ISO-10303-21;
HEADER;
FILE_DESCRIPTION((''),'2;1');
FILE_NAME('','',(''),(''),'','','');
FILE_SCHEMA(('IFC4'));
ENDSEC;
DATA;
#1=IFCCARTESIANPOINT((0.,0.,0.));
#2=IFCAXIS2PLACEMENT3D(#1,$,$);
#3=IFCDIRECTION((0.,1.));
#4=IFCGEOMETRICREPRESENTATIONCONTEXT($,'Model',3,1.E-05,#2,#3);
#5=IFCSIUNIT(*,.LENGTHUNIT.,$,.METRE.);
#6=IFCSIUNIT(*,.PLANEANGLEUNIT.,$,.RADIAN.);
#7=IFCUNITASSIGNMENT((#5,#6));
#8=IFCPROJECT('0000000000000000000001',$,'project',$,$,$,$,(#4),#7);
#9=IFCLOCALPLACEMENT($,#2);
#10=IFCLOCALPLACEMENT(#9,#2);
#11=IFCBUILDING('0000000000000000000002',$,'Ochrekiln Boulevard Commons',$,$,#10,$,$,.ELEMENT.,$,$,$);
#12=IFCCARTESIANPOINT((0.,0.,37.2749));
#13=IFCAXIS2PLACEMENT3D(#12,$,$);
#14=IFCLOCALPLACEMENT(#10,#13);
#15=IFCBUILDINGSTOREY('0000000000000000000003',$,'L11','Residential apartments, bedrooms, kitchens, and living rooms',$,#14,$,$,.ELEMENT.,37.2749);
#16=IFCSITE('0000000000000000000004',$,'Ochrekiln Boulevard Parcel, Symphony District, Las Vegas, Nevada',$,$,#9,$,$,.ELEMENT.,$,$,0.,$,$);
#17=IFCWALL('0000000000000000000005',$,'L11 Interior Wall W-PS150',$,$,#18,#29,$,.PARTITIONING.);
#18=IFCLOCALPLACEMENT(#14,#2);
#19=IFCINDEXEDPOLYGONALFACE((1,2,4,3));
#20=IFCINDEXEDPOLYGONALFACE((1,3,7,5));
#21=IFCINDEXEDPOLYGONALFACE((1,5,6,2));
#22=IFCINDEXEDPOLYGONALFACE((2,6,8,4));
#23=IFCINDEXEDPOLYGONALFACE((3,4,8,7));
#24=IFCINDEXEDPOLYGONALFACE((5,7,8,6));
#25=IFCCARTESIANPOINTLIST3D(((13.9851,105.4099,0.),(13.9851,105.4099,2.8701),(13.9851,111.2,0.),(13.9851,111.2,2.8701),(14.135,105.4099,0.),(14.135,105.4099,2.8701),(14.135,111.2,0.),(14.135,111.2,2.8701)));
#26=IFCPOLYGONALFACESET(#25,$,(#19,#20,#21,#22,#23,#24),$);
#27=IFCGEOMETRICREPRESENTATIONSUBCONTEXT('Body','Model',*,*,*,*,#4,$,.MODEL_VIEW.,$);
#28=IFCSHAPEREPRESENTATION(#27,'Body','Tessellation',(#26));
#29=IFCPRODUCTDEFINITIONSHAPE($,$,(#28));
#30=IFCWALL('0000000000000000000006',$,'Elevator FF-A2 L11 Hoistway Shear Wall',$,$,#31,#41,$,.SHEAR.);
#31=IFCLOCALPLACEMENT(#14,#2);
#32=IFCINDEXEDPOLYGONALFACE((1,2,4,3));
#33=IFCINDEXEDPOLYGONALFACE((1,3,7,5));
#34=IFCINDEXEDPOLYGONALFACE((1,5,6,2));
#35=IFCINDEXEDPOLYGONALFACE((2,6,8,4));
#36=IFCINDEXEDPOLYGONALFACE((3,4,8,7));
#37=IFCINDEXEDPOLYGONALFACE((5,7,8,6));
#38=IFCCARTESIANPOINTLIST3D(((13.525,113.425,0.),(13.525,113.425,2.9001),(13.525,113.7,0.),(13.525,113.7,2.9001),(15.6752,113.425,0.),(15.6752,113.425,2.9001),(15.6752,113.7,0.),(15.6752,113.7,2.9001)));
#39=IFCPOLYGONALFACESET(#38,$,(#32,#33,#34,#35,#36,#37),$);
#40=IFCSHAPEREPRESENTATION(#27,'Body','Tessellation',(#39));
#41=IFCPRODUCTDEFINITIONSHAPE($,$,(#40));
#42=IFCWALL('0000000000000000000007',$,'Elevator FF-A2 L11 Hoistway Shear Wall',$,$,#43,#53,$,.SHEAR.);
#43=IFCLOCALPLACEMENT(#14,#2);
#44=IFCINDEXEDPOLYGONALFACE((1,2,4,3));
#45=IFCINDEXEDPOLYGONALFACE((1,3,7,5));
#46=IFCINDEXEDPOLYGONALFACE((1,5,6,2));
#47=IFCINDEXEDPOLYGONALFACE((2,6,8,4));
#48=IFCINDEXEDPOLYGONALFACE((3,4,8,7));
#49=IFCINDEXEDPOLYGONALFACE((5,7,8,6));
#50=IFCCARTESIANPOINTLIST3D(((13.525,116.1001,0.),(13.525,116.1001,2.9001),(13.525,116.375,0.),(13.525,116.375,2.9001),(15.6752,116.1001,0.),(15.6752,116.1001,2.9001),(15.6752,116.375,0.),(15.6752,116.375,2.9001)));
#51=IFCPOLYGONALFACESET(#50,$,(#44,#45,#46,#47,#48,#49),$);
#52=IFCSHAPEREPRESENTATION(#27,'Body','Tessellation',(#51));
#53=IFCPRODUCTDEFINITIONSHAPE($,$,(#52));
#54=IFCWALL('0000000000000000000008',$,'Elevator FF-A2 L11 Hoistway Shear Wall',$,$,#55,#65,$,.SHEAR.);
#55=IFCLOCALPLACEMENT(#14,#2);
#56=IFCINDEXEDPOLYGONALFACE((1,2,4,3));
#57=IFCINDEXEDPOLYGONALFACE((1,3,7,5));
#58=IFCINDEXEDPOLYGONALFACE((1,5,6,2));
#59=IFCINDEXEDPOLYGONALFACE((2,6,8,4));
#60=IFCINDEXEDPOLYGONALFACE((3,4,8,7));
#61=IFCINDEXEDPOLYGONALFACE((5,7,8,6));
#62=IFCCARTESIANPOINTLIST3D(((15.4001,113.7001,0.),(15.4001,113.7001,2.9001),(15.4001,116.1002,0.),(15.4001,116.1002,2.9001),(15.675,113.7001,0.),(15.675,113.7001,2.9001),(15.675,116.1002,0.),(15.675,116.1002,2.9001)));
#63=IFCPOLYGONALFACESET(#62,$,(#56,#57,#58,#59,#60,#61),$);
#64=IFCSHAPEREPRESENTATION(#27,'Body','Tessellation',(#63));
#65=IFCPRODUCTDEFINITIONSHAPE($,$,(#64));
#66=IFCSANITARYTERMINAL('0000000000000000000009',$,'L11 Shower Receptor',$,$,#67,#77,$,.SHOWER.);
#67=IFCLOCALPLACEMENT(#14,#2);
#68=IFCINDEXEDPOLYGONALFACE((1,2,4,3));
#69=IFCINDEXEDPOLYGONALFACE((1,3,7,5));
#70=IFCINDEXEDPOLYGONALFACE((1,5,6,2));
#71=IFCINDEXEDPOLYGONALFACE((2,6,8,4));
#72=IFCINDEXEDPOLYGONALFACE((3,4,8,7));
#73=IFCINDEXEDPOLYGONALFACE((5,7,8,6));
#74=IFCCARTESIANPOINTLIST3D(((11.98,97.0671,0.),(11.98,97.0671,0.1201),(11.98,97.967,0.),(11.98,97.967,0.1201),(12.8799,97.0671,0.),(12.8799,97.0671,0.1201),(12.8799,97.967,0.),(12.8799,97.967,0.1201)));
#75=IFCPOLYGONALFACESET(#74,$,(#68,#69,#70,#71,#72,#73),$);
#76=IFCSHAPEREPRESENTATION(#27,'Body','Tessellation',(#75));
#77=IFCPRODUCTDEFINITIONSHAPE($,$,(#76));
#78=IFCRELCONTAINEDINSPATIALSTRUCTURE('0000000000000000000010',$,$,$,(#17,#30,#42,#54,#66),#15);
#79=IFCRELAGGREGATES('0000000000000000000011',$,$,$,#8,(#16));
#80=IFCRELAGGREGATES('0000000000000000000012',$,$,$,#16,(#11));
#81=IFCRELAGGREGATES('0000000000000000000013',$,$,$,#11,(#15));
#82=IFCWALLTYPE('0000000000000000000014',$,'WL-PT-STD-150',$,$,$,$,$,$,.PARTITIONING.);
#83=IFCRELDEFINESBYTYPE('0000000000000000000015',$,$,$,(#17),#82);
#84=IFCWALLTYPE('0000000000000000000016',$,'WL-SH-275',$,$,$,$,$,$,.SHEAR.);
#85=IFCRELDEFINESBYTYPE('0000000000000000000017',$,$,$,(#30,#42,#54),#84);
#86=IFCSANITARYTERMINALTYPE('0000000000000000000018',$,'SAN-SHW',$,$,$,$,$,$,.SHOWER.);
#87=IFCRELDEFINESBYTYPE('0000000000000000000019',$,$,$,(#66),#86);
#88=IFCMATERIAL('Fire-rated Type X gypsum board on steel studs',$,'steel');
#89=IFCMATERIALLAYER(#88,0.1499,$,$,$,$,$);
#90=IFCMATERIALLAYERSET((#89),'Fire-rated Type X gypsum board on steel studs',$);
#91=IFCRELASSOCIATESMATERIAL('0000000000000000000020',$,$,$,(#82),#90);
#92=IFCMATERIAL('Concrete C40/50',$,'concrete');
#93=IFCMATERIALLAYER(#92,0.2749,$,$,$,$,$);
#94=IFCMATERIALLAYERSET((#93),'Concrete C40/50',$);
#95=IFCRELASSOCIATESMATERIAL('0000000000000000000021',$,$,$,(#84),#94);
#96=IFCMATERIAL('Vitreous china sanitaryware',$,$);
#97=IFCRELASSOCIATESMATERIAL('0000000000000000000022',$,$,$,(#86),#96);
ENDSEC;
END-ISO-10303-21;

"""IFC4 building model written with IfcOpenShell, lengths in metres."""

from ifc_helpers import new_model, si_unit, direction, frame, frame_2d, origin, origin_2d, place, context, subcontext, project, spatial, rectangle, extrude, material, layer, layer_set, type_object, element, save


model = new_model("IFC4")

# Units and contexts
model_context = context("Model", 3, precision=1e-05, world=origin(), true_north=direction((0.0, 1.0)))
body_context = subcontext(model_context, "Body", "Model", "MODEL_VIEW")
ifc_project = project(units=[si_unit("LENGTHUNIT", "METRE"), si_unit("PLANEANGLEUNIT", "RADIAN")], contexts=[model_context])

# Site, building, storey
site_placement = place(None, origin())
site = spatial("IfcSite", under=ifc_project, at=site_placement, Name="Ochrekiln Boulevard Parcel, Symphony District, Las Vegas, Nevada", CompositionType="ELEMENT", RefElevation=0.0)
building_placement = place(site_placement, origin())
building = spatial("IfcBuilding", under=site, at=building_placement, Name="Ochrekiln Boulevard Commons", CompositionType="ELEMENT")
storey_placement = place(building_placement, frame((0.0, 0.0, 37.2749)))
storey = spatial("IfcBuildingStorey", under=building, at=storey_placement, Name="L11", Description="Residential apartments, bedrooms, kitchens, and living rooms", CompositionType="ELEMENT", Elevation=37.2749)

# Shared definitions
ifc_material_1 = material(Name="Concrete C40/50", Category="concrete")

# Shared definitions
ifc_material_2 = material(Name="Fire-rated Type X gypsum board on steel studs", Category="steel")
ifc_layer_1 = layer(ifc_material_2, 0.1499)
ifc_layer_set_1 = layer_set([ifc_layer_1], Name="Fire-rated Type X gypsum board on steel studs")
wall_type_1 = type_object("IfcWallType", Name="WL-PT-STD-150", PredefinedType="PARTITIONING", material=ifc_layer_set_1)

# Walls
wall_1_placement = place(storey_placement, frame((14.0601, 105.4099, 0.0), z_axis=(0.0, 0.0, 1.0), x_axis=(0.0, 1.0, 0.0)))
element("IfcWall", 1, at=wall_1_placement, inside=storey, type_object=wall_type_1, Name="L11 Interior Wall W-PS150", PredefinedType="PARTITIONING", context=body_context, shape_type="SweptSolid", body=[
    extrude(rectangle(XDim=5.79, YDim=0.1499, at=frame_2d((2.895, 0.0))), origin(), (0.0, 0.0, 1.0), 2.8701),
])
ifc_layer_2 = layer(ifc_material_1, 0.2749)
ifc_layer_set_2 = layer_set([ifc_layer_2], Name="Concrete C40/50")
wall_type_2 = type_object("IfcWallType", Name="WL-SH-275", PredefinedType="SHEAR", material=ifc_layer_set_2)
for number, where, z_axis, x_axis, name in (
    (2, (13.5249, 113.5625, 0.0), (0.0, 0.0, 1.0), (1.0, 0.0, 0.0), "Elevator FF-A2 L11 Hoistway Shear Wall"),
    (3, (13.5249, 116.2375, 0.0), (0.0, 0.0, 1.0), (1.0, 0.0, 0.0), "Elevator FF-A2 L11 Hoistway Shear Wall"),
):
    element("IfcWall", number, at=place(storey_placement, frame(where, z_axis=z_axis, x_axis=x_axis)), inside=storey, type_object=wall_type_2, Name=name, PredefinedType="SHEAR", context=body_context, shape_type="SweptSolid", body=[
        extrude(rectangle(XDim=2.1501, YDim=0.2749, at=frame_2d((1.0752, 0.0))), origin(), (0.0, 0.0, 1.0), 2.9001),
    ])

# Wall
wall_2_placement = place(storey_placement, frame((15.5376, 113.7, 0.0), z_axis=(0.0, 0.0, 1.0), x_axis=(0.0, 1.0, 0.0)))
element("IfcWall", 4, at=wall_2_placement, inside=storey, type_object=wall_type_2, Name="Elevator FF-A2 L11 Hoistway Shear Wall", PredefinedType="SHEAR", context=body_context, shape_type="SweptSolid", body=[
    extrude(rectangle(XDim=2.4001, YDim=0.2749, at=frame_2d((1.2002, 0.0))), origin(), (0.0, 0.0, 1.0), 2.9001),
])

# Sanitary terminal
ifc_material_3 = material(Name="Vitreous china sanitaryware")
sanitary_terminal_type = type_object("IfcSanitaryTerminalType", Name="SAN-SHW", PredefinedType="SHOWER", material=ifc_material_3)
sanitary_terminal_placement = place(storey_placement, frame((12.4299, 97.5171, 0.0), z_axis=(0.0, 0.0, 1.0), x_axis=(1.0, 0.0, 0.0)))
element("IfcSanitaryTerminal", 5, at=sanitary_terminal_placement, inside=storey, type_object=sanitary_terminal_type, Name="L11 Shower Receptor", PredefinedType="SHOWER", context=body_context, shape_type="SweptSolid", body=[
    extrude(rectangle(XDim=0.8999, YDim=0.8999, at=origin_2d()), origin(), (0.0, 0.0, 1.0), 0.1201),
])

save(model, "model.ifc")
